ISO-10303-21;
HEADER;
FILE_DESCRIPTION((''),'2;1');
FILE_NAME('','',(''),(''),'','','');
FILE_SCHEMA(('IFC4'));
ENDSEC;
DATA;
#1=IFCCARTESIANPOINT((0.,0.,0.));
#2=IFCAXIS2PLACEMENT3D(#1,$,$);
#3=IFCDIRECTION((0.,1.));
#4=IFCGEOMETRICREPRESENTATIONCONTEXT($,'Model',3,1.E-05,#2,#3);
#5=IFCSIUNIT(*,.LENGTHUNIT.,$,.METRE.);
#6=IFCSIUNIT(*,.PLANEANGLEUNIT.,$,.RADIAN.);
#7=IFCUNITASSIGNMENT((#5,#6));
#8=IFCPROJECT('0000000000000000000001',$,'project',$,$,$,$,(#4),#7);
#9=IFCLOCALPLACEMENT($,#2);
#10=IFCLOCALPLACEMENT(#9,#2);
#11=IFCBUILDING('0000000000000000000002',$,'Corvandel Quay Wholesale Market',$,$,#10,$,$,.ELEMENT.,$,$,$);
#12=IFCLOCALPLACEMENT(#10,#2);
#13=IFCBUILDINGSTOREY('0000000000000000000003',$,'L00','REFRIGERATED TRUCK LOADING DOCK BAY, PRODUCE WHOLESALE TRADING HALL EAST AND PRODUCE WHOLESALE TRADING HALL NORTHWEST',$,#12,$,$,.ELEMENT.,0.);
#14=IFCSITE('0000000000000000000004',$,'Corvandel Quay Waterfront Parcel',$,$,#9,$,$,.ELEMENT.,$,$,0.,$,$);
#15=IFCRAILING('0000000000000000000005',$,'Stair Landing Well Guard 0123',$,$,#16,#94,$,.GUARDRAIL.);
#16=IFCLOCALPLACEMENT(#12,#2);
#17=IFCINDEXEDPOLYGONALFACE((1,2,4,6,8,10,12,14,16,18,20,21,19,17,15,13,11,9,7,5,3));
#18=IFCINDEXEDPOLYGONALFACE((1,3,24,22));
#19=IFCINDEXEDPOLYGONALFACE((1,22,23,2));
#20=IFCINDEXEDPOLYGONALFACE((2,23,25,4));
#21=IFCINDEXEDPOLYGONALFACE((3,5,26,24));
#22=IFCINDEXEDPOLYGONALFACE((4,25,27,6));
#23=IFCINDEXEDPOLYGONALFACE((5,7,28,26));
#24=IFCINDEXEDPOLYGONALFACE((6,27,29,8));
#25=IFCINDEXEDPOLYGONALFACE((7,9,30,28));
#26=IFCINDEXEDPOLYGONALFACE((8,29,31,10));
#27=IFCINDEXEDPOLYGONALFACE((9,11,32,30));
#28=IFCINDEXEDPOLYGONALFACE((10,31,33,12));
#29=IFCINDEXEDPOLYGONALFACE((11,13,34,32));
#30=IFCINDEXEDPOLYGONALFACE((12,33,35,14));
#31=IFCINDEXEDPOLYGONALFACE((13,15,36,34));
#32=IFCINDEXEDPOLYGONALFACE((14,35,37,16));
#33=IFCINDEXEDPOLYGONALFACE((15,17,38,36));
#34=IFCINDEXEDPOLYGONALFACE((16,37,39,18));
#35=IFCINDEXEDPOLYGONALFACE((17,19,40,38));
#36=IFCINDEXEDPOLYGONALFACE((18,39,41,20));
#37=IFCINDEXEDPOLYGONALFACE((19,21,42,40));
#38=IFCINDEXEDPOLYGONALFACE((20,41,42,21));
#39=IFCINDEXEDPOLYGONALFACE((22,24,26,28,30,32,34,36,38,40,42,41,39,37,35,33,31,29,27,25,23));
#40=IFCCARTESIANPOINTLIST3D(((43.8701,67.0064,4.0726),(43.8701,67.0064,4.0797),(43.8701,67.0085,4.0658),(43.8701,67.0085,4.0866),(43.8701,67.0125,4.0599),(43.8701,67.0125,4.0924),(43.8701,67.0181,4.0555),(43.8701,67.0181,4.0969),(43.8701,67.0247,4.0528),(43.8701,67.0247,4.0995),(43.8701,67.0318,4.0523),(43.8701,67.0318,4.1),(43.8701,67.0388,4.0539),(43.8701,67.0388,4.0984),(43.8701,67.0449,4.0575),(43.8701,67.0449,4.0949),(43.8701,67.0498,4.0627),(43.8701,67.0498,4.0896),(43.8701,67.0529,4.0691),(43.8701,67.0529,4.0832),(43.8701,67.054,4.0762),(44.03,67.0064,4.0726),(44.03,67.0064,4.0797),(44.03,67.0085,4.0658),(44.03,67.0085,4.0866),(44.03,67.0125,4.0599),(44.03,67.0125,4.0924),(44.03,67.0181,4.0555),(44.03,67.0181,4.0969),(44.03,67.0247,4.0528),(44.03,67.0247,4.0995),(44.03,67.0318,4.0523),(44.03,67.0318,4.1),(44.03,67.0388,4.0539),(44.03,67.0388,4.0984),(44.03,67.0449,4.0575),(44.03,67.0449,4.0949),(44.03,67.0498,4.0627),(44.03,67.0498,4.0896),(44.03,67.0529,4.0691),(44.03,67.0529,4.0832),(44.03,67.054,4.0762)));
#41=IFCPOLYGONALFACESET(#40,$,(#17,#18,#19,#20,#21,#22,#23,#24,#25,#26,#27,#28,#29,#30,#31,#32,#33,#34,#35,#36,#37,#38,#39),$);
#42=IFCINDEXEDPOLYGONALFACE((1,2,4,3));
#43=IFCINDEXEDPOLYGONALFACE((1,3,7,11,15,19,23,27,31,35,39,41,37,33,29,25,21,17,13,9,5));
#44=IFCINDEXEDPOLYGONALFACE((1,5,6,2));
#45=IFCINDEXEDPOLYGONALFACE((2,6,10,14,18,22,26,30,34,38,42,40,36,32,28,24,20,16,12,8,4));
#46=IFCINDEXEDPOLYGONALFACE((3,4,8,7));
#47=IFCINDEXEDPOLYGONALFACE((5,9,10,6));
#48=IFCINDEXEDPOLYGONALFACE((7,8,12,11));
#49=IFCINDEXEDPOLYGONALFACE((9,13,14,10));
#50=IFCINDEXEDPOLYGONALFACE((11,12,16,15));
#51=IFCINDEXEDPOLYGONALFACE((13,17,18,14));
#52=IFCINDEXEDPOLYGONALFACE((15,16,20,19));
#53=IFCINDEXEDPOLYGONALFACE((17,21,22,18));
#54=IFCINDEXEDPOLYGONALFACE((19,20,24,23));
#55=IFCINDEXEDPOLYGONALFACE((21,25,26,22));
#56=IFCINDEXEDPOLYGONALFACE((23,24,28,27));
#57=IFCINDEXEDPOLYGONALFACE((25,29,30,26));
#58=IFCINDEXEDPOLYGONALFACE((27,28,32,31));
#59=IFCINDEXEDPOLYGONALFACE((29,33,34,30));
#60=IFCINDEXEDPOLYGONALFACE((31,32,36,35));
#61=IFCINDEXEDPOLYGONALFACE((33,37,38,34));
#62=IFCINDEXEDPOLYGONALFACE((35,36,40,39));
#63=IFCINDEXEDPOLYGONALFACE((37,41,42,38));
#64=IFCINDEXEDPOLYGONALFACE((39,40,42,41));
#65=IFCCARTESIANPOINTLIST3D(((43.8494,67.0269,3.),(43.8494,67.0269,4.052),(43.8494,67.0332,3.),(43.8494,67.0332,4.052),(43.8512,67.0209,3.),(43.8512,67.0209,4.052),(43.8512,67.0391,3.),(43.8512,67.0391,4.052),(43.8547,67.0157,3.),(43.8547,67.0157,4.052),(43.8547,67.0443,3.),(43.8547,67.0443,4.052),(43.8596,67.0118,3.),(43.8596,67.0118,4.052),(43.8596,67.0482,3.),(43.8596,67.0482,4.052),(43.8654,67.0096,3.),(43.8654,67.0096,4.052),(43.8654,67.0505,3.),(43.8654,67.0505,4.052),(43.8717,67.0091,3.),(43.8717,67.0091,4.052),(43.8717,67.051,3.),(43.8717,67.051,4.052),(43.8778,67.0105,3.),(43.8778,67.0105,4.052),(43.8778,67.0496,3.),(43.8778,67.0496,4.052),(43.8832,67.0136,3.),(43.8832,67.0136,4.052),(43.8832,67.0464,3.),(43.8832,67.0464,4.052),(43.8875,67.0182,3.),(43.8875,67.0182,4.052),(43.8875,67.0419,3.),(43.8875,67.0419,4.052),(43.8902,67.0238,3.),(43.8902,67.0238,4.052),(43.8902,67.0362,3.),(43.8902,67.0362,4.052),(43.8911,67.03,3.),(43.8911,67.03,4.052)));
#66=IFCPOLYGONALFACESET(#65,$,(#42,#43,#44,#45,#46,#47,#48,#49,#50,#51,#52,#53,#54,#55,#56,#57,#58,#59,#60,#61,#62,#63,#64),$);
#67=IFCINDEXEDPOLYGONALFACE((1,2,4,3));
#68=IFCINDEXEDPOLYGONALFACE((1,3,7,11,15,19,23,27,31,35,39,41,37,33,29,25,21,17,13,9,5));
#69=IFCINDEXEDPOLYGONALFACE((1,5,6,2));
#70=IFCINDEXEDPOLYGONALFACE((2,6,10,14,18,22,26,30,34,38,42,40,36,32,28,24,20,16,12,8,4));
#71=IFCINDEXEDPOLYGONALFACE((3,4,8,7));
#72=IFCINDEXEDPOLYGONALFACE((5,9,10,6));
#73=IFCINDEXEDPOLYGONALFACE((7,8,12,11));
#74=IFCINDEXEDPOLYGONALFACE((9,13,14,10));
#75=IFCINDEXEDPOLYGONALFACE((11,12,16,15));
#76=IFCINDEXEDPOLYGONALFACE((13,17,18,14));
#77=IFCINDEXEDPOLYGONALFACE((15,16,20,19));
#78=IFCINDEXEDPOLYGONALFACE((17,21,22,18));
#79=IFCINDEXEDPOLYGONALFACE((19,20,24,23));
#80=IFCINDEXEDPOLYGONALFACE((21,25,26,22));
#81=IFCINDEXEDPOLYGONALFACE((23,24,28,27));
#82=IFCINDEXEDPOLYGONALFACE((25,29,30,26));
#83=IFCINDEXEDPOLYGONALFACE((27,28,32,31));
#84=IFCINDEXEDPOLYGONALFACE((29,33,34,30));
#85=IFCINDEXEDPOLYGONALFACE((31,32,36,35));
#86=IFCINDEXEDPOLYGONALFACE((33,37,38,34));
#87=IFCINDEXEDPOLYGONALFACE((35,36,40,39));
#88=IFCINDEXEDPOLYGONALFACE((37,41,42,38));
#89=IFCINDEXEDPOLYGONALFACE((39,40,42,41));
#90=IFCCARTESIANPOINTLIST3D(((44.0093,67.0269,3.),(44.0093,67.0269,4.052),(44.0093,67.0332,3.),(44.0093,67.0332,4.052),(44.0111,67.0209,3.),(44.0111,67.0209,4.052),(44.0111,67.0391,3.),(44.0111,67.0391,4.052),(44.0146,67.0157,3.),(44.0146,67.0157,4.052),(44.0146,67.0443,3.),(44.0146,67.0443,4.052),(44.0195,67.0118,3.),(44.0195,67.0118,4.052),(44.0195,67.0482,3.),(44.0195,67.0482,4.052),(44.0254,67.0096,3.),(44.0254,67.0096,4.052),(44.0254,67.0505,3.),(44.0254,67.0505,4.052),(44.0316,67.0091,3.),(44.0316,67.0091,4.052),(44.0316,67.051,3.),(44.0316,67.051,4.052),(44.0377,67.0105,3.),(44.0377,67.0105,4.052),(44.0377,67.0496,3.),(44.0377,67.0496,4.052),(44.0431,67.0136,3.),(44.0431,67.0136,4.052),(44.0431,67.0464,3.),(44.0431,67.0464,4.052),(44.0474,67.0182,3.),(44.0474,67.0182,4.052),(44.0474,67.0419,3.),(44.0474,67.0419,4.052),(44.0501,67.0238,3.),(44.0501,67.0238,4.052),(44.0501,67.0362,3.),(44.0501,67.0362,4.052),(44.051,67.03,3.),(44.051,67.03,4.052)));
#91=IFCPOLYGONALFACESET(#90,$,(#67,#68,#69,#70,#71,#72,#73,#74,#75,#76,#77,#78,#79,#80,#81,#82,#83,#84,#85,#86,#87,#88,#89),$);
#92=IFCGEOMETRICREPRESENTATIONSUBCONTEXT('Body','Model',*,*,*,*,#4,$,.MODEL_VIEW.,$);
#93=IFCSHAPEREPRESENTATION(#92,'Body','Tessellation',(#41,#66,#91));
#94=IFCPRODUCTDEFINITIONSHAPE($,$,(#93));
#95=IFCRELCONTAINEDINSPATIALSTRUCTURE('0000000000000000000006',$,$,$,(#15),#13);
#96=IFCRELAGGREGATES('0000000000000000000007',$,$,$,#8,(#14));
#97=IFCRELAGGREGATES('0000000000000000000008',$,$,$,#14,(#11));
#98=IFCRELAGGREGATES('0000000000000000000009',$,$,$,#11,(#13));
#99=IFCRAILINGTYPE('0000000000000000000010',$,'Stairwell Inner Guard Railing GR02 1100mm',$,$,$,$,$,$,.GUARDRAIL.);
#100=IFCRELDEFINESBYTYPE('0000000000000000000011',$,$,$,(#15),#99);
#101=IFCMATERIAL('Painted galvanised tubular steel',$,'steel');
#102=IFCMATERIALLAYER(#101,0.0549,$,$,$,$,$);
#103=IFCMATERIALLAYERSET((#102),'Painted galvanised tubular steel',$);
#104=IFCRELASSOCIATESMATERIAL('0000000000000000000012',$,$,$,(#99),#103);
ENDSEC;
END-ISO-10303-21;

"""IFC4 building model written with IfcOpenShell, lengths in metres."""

from ifc_helpers import new_model, si_unit, direction, frame, origin, origin_2d, place, context, subcontext, project, spatial, circle, extrude, material, layer, layer_set, type_object, element, save


model = new_model("IFC4")

# Units and contexts
model_context = context("Model", 3, precision=1e-05, world=origin(), true_north=direction((0.0, 1.0)))
body_context = subcontext(model_context, "Body", "Model", "MODEL_VIEW")
ifc_project = project(units=[si_unit("LENGTHUNIT", "METRE"), si_unit("PLANEANGLEUNIT", "RADIAN")], contexts=[model_context])

# Site, building, storey
site_placement = place(None, origin())
site = spatial("IfcSite", under=ifc_project, at=site_placement, Name="Corvandel Quay Waterfront Parcel", CompositionType="ELEMENT", RefElevation=0.0)
building_placement = place(site_placement, origin())
building = spatial("IfcBuilding", under=site, at=building_placement, Name="Corvandel Quay Wholesale Market", CompositionType="ELEMENT")
storey_placement = place(building_placement, origin())
storey = spatial("IfcBuildingStorey", under=building, at=storey_placement, Name="L00", Description="REFRIGERATED TRUCK LOADING DOCK BAY, PRODUCE WHOLESALE TRADING HALL EAST AND PRODUCE WHOLESALE TRADING HALL NORTHWEST", CompositionType="ELEMENT", Elevation=0.0)

# Railing
ifc_material_1 = material(Name="Painted galvanised tubular steel", Category="steel")
ifc_layer_1 = layer(ifc_material_1, 0.0549)
ifc_layer_set_1 = layer_set([ifc_layer_1], Name="Painted galvanised tubular steel")
railing_type_1 = type_object("IfcRailingType", Name="Stairwell Inner Guard Railing GR02 1100mm", PredefinedType="GUARDRAIL", material=ifc_layer_set_1)
railing_placement = place(storey_placement, frame((43.8701, 67.03, 3.0)))
element("IfcRailing", 1, at=railing_placement, inside=storey, type_object=railing_type_1, Name="Stair Landing Well Guard 0123", PredefinedType="GUARDRAIL", context=body_context, shape_type="SweptSolid", body=[
    extrude(circle(Radius=0.0239, at=origin_2d()), frame((0.0, 0.0, 1.0762), z_axis=(1.0, 0.0, 0.0), x_axis=(0.0, 1.0, 0.0)), (0.0, 0.0, 1.0), 0.1599),
    extrude(circle(Radius=0.021, at=origin_2d()), origin(), (0.0, 0.0, 1.0), 1.052),
    extrude(circle(Radius=0.021, at=origin_2d()), frame((0.1599, 0.0, 0.0)), (0.0, 0.0, 1.0), 1.052),
])

save(model, "model.ifc")
